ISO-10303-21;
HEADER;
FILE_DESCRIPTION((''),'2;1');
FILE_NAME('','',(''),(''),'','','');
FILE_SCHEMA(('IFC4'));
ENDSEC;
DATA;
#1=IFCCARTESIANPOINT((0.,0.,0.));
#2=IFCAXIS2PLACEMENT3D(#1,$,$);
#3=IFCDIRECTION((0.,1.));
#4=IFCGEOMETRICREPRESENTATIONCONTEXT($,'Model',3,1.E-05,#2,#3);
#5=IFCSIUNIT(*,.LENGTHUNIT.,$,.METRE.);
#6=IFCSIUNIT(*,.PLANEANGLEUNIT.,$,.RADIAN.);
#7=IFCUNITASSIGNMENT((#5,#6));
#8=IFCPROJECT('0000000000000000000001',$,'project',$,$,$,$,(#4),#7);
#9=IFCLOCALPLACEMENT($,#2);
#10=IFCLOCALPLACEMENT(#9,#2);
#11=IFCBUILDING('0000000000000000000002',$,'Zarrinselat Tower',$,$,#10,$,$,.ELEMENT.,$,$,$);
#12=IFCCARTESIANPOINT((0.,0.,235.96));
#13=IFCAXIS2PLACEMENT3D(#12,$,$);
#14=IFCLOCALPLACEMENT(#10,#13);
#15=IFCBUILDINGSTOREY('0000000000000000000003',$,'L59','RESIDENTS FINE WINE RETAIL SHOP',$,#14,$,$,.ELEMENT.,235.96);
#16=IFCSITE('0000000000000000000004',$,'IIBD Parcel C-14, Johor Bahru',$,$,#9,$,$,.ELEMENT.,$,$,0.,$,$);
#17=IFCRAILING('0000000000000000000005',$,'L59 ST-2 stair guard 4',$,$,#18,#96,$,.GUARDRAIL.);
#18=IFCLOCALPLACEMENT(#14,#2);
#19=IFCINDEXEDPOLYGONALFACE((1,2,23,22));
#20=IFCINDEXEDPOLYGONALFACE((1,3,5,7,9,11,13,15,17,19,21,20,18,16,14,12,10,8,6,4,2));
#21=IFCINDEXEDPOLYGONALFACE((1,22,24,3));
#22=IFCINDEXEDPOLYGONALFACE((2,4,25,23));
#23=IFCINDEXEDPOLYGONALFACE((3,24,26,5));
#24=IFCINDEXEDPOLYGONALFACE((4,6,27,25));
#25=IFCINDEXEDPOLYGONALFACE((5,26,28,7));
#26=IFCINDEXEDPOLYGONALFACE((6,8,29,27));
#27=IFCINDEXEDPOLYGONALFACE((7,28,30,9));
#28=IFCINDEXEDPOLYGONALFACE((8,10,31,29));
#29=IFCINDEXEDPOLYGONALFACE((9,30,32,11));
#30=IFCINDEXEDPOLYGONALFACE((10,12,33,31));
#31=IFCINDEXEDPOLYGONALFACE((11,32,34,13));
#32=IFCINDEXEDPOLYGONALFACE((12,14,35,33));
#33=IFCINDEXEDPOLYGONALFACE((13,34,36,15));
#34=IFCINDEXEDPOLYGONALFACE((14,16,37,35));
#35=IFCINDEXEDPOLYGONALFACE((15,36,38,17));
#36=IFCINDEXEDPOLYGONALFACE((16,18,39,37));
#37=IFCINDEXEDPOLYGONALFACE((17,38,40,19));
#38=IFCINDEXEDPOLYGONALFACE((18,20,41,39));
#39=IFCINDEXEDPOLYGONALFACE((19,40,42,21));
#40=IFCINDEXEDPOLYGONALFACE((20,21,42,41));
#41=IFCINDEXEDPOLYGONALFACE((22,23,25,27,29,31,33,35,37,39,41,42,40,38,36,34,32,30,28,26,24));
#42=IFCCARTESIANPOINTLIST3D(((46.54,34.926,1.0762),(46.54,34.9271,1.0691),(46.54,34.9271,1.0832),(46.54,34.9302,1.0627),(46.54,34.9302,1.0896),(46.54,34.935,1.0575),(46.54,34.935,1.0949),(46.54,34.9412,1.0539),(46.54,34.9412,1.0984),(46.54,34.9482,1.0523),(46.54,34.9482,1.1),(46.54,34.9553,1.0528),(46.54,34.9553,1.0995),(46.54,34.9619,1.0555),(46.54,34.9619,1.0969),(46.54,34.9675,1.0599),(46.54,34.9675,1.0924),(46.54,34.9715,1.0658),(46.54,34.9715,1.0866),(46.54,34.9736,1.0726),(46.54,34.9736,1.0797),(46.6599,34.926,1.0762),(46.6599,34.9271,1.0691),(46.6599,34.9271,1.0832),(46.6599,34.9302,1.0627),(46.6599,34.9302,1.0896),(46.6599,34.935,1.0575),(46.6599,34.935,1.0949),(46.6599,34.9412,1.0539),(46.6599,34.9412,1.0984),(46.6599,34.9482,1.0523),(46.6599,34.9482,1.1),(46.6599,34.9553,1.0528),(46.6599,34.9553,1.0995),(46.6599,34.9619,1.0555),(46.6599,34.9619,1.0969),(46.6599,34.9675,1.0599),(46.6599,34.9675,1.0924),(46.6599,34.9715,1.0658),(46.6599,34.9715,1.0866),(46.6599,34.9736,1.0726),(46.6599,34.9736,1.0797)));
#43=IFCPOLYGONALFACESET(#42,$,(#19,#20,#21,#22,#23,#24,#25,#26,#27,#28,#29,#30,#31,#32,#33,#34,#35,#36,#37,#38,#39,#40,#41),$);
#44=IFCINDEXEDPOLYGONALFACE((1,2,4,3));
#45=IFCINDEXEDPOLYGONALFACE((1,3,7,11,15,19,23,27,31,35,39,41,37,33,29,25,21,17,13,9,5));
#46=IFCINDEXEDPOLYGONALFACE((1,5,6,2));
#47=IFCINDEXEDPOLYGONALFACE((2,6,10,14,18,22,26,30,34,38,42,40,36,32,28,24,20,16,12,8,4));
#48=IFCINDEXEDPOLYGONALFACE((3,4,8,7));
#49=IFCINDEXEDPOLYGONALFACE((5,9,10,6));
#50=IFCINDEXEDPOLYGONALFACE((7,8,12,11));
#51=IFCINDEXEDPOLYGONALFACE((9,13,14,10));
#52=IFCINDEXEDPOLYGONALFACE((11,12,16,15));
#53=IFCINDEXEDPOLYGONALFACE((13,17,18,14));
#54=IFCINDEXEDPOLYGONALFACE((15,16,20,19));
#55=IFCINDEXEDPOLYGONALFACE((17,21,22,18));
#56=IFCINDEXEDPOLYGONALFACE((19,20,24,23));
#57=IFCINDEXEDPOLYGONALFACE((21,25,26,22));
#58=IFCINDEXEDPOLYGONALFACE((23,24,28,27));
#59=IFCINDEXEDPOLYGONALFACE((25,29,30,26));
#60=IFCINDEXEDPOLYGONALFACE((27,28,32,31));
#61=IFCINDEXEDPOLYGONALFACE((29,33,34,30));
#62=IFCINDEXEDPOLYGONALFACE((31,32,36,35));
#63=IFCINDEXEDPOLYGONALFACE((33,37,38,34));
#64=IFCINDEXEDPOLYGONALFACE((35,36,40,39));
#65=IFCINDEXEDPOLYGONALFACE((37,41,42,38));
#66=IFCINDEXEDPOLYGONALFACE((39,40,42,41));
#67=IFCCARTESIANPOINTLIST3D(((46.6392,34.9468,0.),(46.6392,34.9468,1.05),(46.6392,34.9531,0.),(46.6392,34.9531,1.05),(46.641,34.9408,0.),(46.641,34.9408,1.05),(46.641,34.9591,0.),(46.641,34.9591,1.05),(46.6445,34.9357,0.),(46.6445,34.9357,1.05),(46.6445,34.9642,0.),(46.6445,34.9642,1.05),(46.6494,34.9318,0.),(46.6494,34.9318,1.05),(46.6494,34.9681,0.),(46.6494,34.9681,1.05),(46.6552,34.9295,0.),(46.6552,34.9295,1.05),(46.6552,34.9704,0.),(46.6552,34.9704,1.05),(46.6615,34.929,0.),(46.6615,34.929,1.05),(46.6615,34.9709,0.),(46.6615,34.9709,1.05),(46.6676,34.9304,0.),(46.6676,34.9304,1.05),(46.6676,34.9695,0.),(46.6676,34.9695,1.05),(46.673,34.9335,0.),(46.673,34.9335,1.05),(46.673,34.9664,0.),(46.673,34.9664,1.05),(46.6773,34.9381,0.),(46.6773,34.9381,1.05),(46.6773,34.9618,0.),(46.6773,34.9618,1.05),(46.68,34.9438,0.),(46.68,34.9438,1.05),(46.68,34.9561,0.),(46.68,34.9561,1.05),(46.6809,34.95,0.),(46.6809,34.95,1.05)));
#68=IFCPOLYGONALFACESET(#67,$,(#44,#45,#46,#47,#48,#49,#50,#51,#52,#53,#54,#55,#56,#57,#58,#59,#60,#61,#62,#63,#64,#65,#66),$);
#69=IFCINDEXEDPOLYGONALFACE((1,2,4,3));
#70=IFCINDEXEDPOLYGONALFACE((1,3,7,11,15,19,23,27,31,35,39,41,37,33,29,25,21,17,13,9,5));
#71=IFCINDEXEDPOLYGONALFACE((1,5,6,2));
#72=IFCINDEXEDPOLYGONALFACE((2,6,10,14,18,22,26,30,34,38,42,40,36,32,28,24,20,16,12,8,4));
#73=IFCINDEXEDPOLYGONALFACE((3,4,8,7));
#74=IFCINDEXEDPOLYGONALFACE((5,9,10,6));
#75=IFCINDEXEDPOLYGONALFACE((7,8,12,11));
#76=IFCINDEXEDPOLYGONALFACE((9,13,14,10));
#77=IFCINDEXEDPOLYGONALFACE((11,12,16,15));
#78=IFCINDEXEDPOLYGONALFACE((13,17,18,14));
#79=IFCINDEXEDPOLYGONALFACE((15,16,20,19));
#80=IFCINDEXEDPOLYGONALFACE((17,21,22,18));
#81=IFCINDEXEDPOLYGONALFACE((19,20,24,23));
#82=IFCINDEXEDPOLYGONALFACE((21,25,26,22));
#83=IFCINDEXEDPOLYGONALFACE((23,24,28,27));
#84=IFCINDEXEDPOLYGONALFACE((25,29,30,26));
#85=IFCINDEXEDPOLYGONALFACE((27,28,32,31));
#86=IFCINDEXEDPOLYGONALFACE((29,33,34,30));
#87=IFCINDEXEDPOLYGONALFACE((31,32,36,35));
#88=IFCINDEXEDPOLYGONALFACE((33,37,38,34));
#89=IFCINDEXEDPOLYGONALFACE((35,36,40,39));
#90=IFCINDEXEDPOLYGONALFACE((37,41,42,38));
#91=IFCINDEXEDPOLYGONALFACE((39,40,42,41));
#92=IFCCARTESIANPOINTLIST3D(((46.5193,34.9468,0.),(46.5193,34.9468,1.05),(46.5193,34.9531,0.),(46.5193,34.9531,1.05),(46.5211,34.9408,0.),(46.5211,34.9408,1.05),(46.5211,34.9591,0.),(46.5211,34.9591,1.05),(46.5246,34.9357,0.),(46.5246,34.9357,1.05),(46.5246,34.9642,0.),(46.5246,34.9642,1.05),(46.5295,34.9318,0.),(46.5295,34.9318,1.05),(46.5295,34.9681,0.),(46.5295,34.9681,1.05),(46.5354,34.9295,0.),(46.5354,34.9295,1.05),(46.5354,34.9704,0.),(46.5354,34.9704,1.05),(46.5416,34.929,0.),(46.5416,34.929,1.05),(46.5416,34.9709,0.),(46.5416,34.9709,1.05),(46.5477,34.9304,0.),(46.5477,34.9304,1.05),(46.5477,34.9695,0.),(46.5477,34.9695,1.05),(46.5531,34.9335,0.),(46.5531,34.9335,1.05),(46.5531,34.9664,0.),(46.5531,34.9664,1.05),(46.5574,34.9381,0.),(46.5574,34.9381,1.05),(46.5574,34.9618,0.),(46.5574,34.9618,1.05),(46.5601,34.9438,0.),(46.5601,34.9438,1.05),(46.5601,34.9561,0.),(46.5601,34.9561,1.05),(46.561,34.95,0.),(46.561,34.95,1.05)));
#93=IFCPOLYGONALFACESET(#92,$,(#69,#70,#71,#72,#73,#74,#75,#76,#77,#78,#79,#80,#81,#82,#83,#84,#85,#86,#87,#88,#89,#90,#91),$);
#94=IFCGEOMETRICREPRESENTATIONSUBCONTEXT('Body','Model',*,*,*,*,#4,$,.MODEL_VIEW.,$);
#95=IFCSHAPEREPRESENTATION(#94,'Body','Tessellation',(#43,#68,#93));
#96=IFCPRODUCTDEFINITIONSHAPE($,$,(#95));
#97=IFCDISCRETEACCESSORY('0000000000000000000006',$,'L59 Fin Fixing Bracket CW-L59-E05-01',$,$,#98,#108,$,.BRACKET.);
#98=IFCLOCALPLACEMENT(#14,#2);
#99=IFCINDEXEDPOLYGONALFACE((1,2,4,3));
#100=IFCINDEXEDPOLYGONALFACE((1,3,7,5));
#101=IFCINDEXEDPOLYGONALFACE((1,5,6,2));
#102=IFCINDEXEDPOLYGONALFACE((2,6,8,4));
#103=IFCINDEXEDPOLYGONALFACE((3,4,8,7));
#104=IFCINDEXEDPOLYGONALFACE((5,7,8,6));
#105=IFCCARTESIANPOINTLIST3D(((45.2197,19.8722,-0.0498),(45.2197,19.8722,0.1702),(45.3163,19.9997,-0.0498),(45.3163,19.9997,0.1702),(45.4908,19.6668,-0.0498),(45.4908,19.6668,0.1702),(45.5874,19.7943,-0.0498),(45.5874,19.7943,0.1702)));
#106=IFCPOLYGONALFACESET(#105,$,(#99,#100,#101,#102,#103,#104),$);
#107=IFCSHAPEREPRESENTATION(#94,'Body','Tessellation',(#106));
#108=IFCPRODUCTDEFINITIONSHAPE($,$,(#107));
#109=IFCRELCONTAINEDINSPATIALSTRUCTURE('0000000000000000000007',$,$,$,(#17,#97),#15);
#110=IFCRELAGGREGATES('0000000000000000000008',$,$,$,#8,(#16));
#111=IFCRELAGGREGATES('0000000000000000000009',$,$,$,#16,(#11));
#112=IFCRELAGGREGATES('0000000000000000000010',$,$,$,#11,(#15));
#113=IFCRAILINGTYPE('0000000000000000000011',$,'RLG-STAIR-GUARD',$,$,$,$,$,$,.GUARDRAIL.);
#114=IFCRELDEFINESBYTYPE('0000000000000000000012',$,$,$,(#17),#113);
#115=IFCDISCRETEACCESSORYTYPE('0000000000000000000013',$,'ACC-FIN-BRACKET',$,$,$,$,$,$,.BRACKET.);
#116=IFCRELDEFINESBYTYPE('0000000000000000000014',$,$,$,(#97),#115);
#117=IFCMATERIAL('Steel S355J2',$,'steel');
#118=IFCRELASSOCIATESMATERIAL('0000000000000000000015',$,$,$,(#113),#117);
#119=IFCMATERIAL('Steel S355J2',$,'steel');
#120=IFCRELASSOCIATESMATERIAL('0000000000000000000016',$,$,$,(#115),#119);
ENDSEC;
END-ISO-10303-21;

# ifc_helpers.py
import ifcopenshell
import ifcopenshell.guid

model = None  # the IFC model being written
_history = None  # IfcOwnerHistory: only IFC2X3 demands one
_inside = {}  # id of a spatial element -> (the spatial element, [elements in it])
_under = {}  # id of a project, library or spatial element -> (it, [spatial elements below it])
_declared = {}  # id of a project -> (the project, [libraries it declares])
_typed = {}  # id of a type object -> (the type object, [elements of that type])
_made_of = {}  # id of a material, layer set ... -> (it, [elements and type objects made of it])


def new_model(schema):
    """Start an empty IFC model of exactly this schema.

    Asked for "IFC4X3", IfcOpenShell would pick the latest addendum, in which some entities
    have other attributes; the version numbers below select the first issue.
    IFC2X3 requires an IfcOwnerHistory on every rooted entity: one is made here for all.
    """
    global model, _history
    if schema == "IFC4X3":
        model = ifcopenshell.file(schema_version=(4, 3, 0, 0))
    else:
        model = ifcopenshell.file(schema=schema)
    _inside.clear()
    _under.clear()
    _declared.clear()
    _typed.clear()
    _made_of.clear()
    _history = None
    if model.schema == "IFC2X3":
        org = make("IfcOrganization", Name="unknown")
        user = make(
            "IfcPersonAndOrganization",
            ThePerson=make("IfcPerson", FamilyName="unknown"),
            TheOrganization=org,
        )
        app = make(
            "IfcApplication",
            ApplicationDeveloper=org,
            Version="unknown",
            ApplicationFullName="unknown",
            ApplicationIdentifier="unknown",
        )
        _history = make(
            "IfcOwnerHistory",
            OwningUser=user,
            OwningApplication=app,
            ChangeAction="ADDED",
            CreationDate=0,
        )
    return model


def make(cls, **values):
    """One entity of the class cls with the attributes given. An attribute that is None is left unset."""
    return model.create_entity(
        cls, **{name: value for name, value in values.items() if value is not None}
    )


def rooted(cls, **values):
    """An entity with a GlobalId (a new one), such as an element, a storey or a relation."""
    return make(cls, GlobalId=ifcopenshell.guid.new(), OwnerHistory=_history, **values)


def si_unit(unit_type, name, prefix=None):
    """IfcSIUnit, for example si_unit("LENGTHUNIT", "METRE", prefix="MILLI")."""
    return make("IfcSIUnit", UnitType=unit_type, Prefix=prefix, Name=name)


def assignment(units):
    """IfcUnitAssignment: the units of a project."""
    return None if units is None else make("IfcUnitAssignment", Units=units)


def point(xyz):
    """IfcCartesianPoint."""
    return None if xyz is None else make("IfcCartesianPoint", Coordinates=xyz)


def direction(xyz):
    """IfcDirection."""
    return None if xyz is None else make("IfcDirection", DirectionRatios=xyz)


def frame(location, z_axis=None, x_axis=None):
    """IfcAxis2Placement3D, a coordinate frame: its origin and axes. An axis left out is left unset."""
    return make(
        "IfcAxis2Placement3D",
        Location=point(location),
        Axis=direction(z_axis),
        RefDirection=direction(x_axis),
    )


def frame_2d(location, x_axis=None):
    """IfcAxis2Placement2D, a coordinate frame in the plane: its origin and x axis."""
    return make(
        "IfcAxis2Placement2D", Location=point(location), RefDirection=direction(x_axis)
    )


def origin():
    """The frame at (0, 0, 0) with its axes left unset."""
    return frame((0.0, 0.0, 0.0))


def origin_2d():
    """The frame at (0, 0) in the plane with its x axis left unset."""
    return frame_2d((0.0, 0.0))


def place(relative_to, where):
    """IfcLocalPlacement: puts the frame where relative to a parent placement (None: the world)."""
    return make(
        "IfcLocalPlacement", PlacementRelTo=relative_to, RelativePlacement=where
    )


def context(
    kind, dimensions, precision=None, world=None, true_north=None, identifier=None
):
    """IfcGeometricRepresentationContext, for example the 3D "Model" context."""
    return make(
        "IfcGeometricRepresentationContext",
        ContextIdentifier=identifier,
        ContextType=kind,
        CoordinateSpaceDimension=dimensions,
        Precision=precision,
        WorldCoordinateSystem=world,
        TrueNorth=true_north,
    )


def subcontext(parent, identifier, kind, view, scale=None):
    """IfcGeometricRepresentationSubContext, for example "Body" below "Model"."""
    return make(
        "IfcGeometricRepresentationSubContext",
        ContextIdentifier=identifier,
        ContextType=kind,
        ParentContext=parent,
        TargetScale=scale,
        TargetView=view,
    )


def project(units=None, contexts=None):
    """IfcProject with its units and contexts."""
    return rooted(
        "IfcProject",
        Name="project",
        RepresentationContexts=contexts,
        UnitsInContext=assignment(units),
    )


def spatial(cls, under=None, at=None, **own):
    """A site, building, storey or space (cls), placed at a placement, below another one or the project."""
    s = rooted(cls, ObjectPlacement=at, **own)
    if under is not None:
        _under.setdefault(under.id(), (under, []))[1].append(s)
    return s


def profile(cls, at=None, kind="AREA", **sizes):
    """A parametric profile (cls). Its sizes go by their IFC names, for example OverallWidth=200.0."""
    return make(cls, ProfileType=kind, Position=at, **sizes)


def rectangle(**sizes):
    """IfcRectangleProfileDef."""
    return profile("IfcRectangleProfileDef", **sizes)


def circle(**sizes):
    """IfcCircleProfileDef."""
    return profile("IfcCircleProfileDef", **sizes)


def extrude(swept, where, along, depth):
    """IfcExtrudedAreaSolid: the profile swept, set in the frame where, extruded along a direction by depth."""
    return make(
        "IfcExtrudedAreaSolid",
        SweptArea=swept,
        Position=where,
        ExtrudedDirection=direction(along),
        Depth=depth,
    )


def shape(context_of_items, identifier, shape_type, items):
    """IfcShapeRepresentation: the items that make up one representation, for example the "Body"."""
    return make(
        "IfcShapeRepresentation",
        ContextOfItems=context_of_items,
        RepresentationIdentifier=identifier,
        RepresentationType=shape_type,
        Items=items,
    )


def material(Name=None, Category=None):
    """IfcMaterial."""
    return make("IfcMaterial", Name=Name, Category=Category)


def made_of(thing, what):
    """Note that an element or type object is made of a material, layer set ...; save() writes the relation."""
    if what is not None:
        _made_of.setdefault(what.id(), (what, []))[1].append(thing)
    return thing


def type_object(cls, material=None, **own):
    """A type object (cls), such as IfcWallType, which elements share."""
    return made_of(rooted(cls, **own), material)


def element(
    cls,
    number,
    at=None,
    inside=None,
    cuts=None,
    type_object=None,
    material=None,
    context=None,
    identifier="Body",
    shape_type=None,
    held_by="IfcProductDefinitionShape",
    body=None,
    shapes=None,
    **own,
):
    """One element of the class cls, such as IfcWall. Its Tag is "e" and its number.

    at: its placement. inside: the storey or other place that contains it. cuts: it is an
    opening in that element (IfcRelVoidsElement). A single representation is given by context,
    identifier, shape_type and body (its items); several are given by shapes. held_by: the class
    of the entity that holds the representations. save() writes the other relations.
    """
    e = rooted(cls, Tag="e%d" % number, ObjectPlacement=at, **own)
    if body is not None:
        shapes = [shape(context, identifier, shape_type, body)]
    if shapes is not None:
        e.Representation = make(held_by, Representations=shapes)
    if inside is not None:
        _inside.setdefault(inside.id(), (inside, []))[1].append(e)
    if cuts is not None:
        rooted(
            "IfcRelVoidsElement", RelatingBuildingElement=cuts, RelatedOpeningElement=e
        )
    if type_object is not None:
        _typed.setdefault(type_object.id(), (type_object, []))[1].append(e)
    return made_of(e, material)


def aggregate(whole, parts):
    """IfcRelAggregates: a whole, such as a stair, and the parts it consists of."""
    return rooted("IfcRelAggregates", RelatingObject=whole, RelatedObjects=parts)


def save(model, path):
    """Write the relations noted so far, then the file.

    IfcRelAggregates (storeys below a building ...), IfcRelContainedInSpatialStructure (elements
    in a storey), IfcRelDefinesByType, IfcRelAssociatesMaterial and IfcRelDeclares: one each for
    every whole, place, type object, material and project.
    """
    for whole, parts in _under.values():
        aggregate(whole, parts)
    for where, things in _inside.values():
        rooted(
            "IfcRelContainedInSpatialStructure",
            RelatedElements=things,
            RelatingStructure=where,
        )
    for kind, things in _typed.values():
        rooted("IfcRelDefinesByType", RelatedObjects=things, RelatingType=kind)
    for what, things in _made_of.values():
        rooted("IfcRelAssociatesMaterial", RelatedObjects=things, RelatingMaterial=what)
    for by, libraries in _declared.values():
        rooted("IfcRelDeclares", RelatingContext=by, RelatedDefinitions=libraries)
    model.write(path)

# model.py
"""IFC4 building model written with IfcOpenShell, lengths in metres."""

from ifc_helpers import new_model, si_unit, direction, frame, origin, origin_2d, place, context, subcontext, project, spatial, rectangle, circle, extrude, material, type_object, element, save


model = new_model("IFC4")

# Units and contexts
model_context = context("Model", 3, precision=1e-05, world=origin(), true_north=direction((0.0, 1.0)))
body_context = subcontext(model_context, "Body", "Model", "MODEL_VIEW")
ifc_project = project(units=[si_unit("LENGTHUNIT", "METRE"), si_unit("PLANEANGLEUNIT", "RADIAN")], contexts=[model_context])

# Site, building, storey
site_placement = place(None, origin())
site = spatial("IfcSite", under=ifc_project, at=site_placement, Name="IIBD Parcel C-14, Johor Bahru", CompositionType="ELEMENT", RefElevation=0.0)
building_placement = place(site_placement, origin())
building = spatial("IfcBuilding", under=site, at=building_placement, Name="Zarrinselat Tower", CompositionType="ELEMENT")
storey_placement = place(building_placement, frame((0.0, 0.0, 235.96)))
storey = spatial("IfcBuildingStorey", under=building, at=storey_placement, Name="L59", Description="RESIDENTS FINE WINE RETAIL SHOP", CompositionType="ELEMENT", Elevation=235.96)

# Railing
ifc_material_1 = material(Name="Steel S355J2", Category="steel")
railing_type_1 = type_object("IfcRailingType", Name="RLG-STAIR-GUARD", PredefinedType="GUARDRAIL", material=ifc_material_1)
railing_1_placement = place(storey_placement, frame((46.6599, 34.95, 0.0)))
element("IfcRailing", 1, at=railing_1_placement, inside=storey, type_object=railing_type_1, Name="L59 ST-2 stair guard 4", PredefinedType="GUARDRAIL", context=body_context, shape_type="SweptSolid", body=[
    extrude(circle(Radius=0.0239, at=origin_2d()), frame((0.0, 0.0, 1.0762), z_axis=(-1.0, 0.0, 0.0), x_axis=(0.0, -1.0, 0.0)), (0.0, 0.0, 1.0), 0.1199),
    extrude(circle(Radius=0.021, at=origin_2d()), origin(), (0.0, 0.0, 1.0), 1.05),
    extrude(circle(Radius=0.021, at=origin_2d()), frame((-0.1199, 0.0, 0.0)), (0.0, 0.0, 1.0), 1.05),
])

# Discrete accessory
ifc_material_2 = material(Name="Steel S355J2", Category="steel")
discrete_accessory_type = type_object("IfcDiscreteAccessoryType", Name="ACC-FIN-BRACKET", PredefinedType="BRACKET", material=ifc_material_2)
discrete_accessory_placement = place(storey_placement, frame((45.4036, 19.8333, -0.0498), z_axis=(0.0, 0.0, 1.0), x_axis=(0.797091, -0.603859, 0.0)))
element("IfcDiscreteAccessory", 2, at=discrete_accessory_placement, inside=storey, type_object=discrete_accessory_type, Name="L59 Fin Fixing Bracket CW-L59-E05-01", PredefinedType="BRACKET", context=body_context, shape_type="SweptSolid", body=[
    extrude(rectangle(XDim=0.3401, YDim=0.1599, at=origin_2d()), origin(), (0.0, 0.0, 1.0), 0.22),
])

save(model, "model.ifc")
